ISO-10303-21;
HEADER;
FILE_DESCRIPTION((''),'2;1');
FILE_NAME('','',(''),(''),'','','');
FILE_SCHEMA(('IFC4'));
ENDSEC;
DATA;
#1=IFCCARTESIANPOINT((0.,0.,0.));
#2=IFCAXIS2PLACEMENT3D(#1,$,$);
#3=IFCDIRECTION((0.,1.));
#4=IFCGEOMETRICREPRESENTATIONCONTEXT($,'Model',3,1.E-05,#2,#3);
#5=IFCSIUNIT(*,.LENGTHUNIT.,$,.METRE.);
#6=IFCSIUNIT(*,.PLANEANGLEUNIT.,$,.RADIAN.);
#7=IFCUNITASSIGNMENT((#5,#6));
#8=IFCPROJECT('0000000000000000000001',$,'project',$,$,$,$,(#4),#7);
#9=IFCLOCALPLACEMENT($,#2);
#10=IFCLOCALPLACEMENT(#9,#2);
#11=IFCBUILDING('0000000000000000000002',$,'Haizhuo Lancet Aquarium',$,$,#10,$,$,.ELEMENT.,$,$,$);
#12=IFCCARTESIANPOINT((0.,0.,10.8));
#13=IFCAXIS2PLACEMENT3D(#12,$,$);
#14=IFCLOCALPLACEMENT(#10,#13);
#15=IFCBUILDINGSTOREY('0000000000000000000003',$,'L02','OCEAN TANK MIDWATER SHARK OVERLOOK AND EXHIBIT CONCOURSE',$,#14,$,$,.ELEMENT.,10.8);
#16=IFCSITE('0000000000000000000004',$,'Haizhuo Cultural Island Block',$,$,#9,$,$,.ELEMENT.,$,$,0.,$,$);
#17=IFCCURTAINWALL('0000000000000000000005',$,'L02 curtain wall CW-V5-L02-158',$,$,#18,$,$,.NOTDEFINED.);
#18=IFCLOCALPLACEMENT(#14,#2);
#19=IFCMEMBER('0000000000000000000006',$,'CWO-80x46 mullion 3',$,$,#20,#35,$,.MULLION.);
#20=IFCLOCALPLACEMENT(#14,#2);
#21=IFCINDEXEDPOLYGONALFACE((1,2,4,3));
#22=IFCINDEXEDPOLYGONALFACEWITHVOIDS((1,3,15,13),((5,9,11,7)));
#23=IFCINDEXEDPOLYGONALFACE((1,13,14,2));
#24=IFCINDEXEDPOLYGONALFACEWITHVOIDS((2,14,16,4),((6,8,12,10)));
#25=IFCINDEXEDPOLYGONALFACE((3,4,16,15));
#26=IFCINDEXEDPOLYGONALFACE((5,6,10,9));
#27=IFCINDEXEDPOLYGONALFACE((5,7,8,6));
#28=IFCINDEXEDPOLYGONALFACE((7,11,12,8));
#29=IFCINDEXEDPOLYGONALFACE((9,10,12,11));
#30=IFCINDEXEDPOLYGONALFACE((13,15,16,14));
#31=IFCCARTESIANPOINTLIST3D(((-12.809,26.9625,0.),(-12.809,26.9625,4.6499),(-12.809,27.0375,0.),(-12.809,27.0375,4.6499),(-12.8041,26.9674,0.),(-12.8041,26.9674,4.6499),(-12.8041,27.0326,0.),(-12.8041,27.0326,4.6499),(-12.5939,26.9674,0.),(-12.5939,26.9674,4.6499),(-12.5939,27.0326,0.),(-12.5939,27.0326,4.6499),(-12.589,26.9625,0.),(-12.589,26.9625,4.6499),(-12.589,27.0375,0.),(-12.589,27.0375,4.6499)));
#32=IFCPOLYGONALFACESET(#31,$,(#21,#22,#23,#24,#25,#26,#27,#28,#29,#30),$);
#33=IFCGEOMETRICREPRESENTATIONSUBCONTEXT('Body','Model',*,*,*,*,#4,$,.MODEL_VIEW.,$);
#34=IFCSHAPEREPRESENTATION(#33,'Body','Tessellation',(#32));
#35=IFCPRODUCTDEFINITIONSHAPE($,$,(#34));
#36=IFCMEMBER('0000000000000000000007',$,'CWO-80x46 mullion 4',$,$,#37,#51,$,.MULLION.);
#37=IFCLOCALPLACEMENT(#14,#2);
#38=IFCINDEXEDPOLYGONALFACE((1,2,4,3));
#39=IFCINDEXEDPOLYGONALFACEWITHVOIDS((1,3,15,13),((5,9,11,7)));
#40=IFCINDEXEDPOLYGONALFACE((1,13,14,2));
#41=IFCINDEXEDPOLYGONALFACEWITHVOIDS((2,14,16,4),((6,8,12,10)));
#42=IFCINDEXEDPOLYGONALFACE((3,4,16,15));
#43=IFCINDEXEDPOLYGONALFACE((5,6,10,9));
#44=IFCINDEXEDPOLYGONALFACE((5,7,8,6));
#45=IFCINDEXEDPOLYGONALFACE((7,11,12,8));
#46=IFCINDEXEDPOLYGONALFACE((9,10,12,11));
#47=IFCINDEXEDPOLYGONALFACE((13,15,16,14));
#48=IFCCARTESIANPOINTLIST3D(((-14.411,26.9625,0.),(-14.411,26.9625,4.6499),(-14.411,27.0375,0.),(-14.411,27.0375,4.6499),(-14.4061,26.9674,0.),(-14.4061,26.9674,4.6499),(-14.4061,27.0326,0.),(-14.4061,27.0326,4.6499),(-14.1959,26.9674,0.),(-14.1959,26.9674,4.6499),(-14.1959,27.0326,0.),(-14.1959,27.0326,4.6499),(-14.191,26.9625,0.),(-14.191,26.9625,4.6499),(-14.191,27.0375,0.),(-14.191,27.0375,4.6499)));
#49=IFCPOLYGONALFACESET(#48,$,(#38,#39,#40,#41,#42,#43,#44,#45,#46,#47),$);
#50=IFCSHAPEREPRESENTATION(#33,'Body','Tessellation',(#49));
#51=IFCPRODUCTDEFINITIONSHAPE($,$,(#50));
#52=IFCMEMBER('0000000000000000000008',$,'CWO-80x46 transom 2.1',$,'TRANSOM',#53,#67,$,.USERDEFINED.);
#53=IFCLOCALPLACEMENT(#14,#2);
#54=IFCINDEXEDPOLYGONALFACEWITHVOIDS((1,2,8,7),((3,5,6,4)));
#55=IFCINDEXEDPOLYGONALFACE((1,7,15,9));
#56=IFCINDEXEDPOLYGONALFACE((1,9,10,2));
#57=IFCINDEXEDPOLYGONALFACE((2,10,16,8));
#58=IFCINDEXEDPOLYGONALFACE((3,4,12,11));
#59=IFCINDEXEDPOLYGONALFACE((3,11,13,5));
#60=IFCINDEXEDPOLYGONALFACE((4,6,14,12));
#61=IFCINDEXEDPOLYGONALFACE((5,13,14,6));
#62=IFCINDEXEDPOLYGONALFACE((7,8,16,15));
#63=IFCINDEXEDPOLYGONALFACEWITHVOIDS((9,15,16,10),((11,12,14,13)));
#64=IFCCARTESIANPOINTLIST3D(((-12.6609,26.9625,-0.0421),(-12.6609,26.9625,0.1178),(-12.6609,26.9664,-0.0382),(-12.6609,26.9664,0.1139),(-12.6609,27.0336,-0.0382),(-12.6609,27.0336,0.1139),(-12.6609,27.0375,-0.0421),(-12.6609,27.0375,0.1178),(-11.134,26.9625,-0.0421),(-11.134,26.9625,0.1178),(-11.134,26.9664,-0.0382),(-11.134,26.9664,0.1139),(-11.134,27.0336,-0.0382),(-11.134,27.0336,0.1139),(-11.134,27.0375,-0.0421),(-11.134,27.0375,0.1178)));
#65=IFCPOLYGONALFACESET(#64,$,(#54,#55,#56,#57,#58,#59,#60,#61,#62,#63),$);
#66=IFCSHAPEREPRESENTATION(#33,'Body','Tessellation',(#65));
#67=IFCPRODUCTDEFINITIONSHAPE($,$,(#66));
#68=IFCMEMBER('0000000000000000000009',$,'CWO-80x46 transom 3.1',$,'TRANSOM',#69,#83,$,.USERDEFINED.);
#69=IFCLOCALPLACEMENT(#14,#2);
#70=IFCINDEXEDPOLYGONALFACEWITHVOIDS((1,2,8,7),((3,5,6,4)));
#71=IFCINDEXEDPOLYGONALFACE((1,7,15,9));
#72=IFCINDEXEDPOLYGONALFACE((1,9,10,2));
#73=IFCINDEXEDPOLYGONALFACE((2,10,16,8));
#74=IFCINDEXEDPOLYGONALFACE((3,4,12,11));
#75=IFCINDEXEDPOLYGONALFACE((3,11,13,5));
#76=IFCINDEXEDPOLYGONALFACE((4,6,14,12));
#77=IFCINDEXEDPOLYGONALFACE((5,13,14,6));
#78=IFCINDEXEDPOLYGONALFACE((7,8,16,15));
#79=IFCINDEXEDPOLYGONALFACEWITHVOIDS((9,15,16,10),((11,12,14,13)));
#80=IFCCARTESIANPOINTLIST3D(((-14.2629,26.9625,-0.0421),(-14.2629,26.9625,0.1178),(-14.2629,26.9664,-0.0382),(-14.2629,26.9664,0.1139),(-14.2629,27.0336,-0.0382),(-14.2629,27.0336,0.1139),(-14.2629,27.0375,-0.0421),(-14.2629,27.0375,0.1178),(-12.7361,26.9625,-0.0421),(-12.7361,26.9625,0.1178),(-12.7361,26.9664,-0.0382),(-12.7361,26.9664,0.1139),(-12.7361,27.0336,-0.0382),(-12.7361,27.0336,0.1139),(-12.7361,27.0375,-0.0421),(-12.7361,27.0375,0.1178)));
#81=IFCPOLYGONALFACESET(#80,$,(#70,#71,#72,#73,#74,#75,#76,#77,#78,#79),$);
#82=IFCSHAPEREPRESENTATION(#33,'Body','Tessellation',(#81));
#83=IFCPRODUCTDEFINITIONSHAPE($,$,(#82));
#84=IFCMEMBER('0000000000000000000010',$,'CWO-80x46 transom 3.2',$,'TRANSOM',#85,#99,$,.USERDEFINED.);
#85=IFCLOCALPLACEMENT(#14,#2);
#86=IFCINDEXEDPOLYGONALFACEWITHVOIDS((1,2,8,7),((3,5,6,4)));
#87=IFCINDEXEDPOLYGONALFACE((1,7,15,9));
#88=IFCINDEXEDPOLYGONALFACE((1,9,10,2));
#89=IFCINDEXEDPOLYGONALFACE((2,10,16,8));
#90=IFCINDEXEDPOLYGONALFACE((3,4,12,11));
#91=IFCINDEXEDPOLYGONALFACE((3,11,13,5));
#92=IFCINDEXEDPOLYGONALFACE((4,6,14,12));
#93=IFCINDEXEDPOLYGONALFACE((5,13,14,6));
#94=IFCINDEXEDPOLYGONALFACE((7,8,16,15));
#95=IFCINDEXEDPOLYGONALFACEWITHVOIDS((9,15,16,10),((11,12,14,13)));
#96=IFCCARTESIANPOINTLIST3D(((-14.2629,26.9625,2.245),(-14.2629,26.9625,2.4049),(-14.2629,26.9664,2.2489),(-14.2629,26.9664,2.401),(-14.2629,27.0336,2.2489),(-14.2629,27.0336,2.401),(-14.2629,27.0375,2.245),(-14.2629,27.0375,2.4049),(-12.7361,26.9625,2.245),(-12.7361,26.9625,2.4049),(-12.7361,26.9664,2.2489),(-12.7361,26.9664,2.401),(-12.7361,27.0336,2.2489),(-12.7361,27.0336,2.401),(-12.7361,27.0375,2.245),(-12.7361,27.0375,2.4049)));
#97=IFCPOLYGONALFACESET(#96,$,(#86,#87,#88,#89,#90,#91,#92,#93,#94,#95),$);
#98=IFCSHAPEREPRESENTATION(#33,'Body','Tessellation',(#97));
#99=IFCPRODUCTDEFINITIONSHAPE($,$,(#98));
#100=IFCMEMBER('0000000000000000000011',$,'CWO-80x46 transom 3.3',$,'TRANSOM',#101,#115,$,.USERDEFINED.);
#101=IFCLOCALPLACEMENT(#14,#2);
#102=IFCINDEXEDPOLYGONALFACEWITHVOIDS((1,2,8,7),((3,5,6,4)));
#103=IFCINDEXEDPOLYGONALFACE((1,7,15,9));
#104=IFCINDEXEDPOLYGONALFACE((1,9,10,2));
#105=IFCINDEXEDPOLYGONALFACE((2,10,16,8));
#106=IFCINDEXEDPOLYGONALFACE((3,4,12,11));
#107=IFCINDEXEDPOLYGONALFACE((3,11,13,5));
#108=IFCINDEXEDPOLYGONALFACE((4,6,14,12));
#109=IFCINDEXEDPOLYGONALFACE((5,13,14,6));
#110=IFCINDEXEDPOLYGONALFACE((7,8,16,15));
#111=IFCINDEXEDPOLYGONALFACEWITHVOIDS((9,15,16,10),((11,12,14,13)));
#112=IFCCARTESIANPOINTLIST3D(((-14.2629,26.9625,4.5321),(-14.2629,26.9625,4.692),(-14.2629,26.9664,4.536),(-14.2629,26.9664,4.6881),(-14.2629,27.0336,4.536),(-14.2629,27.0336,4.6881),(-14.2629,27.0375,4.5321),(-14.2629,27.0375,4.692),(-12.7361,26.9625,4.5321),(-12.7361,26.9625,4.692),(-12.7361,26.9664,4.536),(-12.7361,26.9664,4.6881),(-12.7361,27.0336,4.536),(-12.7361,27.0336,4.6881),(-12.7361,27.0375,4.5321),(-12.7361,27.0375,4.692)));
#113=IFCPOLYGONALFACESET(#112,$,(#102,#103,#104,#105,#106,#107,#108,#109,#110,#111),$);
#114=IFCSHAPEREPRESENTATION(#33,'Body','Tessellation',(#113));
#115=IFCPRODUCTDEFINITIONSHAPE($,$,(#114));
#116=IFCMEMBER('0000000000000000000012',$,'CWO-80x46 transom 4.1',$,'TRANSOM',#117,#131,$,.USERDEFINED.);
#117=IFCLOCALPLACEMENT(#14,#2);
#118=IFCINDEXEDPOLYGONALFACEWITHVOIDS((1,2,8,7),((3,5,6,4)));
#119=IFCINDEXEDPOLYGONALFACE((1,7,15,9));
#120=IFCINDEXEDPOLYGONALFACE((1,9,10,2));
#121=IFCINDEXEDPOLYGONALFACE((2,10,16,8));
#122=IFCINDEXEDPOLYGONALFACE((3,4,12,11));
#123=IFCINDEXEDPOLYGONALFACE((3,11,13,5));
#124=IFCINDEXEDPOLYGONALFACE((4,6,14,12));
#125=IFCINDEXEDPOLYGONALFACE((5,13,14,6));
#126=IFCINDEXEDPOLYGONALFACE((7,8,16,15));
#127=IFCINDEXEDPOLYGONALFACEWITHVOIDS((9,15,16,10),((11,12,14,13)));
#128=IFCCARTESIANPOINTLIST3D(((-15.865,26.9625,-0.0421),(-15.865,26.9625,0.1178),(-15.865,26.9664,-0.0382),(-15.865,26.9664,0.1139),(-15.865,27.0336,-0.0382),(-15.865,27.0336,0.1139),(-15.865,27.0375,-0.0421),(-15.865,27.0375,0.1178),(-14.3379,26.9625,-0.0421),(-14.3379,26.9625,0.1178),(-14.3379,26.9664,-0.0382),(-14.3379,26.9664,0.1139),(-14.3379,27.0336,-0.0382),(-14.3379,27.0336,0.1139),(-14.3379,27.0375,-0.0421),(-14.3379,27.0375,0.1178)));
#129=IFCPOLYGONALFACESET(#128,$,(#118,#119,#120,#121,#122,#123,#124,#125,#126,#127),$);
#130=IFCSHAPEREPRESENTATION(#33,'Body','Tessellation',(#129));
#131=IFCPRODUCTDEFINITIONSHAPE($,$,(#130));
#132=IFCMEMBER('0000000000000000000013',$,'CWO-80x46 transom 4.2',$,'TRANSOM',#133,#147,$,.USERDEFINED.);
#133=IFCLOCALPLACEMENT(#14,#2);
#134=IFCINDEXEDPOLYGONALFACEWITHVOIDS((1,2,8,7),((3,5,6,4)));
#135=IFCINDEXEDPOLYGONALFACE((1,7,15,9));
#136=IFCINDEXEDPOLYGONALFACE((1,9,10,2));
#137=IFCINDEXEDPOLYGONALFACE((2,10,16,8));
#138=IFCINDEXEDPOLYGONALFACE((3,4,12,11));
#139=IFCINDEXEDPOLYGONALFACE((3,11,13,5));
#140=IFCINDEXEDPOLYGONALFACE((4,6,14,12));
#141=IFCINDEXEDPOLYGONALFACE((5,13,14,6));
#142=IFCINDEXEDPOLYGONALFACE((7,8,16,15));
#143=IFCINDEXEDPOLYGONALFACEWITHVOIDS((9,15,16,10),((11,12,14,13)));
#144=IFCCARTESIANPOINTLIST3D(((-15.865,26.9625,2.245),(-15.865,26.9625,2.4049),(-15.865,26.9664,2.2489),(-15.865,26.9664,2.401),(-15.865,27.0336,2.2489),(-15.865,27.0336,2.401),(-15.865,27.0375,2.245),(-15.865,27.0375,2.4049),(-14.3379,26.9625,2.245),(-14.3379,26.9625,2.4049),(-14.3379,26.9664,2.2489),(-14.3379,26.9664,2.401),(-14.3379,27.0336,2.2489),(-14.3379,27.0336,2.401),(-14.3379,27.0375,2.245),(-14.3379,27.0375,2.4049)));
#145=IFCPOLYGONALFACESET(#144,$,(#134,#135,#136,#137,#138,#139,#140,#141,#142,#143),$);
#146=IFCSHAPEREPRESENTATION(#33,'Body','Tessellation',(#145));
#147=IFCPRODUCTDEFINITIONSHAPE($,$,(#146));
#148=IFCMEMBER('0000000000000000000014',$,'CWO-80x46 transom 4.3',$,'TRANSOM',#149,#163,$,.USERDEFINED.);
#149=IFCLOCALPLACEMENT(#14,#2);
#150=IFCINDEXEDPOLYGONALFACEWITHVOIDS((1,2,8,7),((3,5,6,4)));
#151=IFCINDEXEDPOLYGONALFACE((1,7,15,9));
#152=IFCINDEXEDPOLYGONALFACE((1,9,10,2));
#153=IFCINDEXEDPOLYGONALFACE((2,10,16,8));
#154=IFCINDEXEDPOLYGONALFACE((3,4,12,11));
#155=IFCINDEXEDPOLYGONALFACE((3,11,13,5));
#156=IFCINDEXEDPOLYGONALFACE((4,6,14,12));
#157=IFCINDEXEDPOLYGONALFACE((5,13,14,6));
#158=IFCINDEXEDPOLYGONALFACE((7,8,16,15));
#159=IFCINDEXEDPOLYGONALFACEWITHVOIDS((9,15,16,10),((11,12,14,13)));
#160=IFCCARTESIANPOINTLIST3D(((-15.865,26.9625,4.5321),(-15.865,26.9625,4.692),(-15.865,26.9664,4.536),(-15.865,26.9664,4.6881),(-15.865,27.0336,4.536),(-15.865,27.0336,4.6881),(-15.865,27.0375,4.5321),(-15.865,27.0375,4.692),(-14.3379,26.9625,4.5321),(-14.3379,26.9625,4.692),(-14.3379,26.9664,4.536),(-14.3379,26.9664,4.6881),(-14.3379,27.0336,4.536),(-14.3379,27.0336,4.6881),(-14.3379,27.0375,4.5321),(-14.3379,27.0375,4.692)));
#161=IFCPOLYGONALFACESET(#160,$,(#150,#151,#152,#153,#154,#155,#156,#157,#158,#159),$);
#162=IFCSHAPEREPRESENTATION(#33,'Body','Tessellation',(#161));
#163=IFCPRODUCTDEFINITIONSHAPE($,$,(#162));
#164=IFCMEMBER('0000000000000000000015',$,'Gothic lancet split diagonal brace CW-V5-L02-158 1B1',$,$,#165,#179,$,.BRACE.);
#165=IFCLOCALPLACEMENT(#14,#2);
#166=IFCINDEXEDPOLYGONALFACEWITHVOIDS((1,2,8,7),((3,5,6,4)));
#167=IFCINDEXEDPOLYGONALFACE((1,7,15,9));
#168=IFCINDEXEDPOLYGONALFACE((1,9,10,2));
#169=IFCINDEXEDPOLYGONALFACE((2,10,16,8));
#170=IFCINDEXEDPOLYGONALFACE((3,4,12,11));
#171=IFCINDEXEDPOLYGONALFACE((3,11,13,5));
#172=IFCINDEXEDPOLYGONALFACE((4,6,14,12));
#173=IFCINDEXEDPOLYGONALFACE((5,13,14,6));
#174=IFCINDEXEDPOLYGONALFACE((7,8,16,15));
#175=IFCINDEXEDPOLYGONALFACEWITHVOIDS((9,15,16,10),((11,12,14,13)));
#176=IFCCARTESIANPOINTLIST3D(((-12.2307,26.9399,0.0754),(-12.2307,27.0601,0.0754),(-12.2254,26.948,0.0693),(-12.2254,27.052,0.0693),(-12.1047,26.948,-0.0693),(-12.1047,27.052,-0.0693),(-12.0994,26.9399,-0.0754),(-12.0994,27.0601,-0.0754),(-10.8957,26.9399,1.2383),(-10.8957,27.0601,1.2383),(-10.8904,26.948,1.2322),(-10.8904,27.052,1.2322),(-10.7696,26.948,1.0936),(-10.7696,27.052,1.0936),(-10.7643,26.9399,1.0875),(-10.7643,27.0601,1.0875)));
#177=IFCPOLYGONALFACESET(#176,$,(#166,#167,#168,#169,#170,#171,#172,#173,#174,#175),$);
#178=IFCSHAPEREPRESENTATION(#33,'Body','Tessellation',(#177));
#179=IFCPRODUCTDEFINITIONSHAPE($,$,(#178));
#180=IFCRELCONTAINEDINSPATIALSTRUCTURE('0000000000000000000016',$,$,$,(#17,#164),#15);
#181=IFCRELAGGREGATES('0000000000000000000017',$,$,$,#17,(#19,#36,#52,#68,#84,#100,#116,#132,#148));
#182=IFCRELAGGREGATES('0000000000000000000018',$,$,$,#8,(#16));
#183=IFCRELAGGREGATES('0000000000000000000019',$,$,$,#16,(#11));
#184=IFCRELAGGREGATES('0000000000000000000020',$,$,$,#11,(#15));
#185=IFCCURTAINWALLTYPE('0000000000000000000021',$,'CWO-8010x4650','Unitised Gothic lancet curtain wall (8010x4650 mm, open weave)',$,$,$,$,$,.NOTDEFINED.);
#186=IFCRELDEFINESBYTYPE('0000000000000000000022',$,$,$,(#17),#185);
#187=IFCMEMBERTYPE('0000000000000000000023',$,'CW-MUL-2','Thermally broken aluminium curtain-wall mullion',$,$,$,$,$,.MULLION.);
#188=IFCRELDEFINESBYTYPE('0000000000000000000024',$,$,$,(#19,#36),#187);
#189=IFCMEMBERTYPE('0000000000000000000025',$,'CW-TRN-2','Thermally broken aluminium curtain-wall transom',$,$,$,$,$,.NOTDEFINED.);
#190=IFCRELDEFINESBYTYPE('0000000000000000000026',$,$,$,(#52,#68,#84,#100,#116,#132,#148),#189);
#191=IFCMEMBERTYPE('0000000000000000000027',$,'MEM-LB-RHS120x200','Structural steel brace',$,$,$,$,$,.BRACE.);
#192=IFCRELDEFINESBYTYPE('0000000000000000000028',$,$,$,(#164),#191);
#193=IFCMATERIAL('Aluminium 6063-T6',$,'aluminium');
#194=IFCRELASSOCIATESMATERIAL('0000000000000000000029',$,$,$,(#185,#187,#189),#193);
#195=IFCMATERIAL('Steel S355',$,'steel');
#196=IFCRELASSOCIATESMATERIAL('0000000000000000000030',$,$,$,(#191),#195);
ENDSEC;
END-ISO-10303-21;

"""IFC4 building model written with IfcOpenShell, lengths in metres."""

from ifc_helpers import new_model, si_unit, direction, frame, origin, origin_2d, place, context, subcontext, project, spatial, hollow_rectangle, extrude, material, material_profile, profile_set, type_object, element, aggregate, save


model = new_model("IFC4")

# Units and contexts
model_context = context("Model", 3, precision=1e-05, world=origin(), true_north=direction((0.0, 1.0)))
body_context = subcontext(model_context, "Body", "Model", "MODEL_VIEW")
ifc_project = project(units=[si_unit("LENGTHUNIT", "METRE"), si_unit("PLANEANGLEUNIT", "RADIAN")], contexts=[model_context])

# Site, building, storey
site_placement = place(None, origin())
site = spatial("IfcSite", under=ifc_project, at=site_placement, Name="Haizhuo Cultural Island Block", CompositionType="ELEMENT", RefElevation=0.0)
building_placement = place(site_placement, origin())
building = spatial("IfcBuilding", under=site, at=building_placement, Name="Haizhuo Lancet Aquarium", CompositionType="ELEMENT")
storey_placement = place(building_placement, frame((0.0, 0.0, 10.8)))
storey = spatial("IfcBuildingStorey", under=building, at=storey_placement, Name="L02", Description="OCEAN TANK MIDWATER SHARK OVERLOOK AND EXHIBIT CONCOURSE", CompositionType="ELEMENT", Elevation=10.8)

# Curtain wall, members
ifc_material_1 = material(Name="Aluminium 6063-T6", Category="aluminium")
curtain_wall_type = type_object("IfcCurtainWallType", Name="CWO-8010x4650", Description="Unitised Gothic lancet curtain wall (8010x4650 mm, open weave)", PredefinedType="NOTDEFINED", material=ifc_material_1)
curtain_wall_placement = place(storey_placement, origin())
curtain_wall = element("IfcCurtainWall", 1, at=curtain_wall_placement, inside=storey, type_object=curtain_wall_type, Name="L02 curtain wall CW-V5-L02-158", PredefinedType="NOTDEFINED")
ifc_material_profile_1 = material_profile(ifc_material_1, hollow_rectangle(XDim=0.075, YDim=0.22, WallThickness=0.0049, at=origin_2d()), Name="ALU-M 75x220x5")
ifc_profile_set_1 = profile_set([ifc_material_profile_1], Name="Aluminium 6063-T6")
member_type_1 = type_object("IfcMemberType", Name="CW-MUL-2", Description="Thermally broken aluminium curtain-wall mullion", PredefinedType="MULLION", material=ifc_profile_set_1)
member_1_placement = place(storey_placement, frame((-12.699, 27.0, 0.0), z_axis=(0.0, 0.0, 1.0), x_axis=(0.0, -1.0, 0.0)))
member_1 = element("IfcMember", 2, at=member_1_placement, type_object=member_type_1, Name="CWO-80x46 mullion 3", PredefinedType="MULLION", context=body_context, shape_type="SweptSolid", body=[
    extrude(hollow_rectangle(XDim=0.075, YDim=0.22, WallThickness=0.0049, at=origin_2d()), origin(), (0.0, 0.0, 1.0), 4.6499),
])
member_2_placement = place(storey_placement, frame((-14.301, 27.0, 0.0), z_axis=(0.0, 0.0, 1.0), x_axis=(0.0, -1.0, 0.0)))
member_2 = element("IfcMember", 3, at=member_2_placement, type_object=member_type_1, Name="CWO-80x46 mullion 4", PredefinedType="MULLION", context=body_context, shape_type="SweptSolid", body=[
    extrude(hollow_rectangle(XDim=0.075, YDim=0.22, WallThickness=0.0049, at=origin_2d()), origin(), (0.0, 0.0, 1.0), 4.6499),
])
ifc_material_profile_2 = material_profile(ifc_material_1, hollow_rectangle(XDim=0.075, YDim=0.1599, WallThickness=0.0039, at=origin_2d()), Name="ALU-T 75x160x4")
ifc_profile_set_2 = profile_set([ifc_material_profile_2], Name="Aluminium 6063-T6")
member_type_2 = type_object("IfcMemberType", Name="CW-TRN-2", Description="Thermally broken aluminium curtain-wall transom", PredefinedType="NOTDEFINED", material=ifc_profile_set_2)
member_3_placement = place(storey_placement, frame((-11.134, 27.0, 0.0378), z_axis=(-1.0, 0.0, 0.0), x_axis=(0.0, -1.0, 0.0)))
member_3 = element("IfcMember", 4, at=member_3_placement, type_object=member_type_2, Name="CWO-80x46 transom 2.1", ObjectType="TRANSOM", PredefinedType="USERDEFINED", context=body_context, shape_type="SweptSolid", body=[
    extrude(hollow_rectangle(XDim=0.075, YDim=0.1599, WallThickness=0.0039, at=origin_2d()), origin(), (0.0, 0.0, 1.0), 1.5269),
])
member_4_placement = place(storey_placement, frame((-12.7361, 27.0, 0.0378), z_axis=(-1.0, 0.0, 0.0), x_axis=(0.0, -1.0, 0.0)))
member_4 = element("IfcMember", 5, at=member_4_placement, type_object=member_type_2, Name="CWO-80x46 transom 3.1", ObjectType="TRANSOM", PredefinedType="USERDEFINED", context=body_context, shape_type="SweptSolid", body=[
    extrude(hollow_rectangle(XDim=0.075, YDim=0.1599, WallThickness=0.0039, at=origin_2d()), origin(), (0.0, 0.0, 1.0), 1.5269),
])
member_5_placement = place(storey_placement, frame((-12.7361, 27.0, 2.325), z_axis=(-1.0, 0.0, 0.0), x_axis=(0.0, -1.0, 0.0)))
member_5 = element("IfcMember", 6, at=member_5_placement, type_object=member_type_2, Name="CWO-80x46 transom 3.2", ObjectType="TRANSOM", PredefinedType="USERDEFINED", context=body_context, shape_type="SweptSolid", body=[
    extrude(hollow_rectangle(XDim=0.075, YDim=0.1599, WallThickness=0.0039, at=origin_2d()), origin(), (0.0, 0.0, 1.0), 1.5269),
])
member_6_placement = place(storey_placement, frame((-12.7361, 27.0, 4.6121), z_axis=(-1.0, 0.0, 0.0), x_axis=(0.0, -1.0, 0.0)))
member_6 = element("IfcMember", 7, at=member_6_placement, type_object=member_type_2, Name="CWO-80x46 transom 3.3", ObjectType="TRANSOM", PredefinedType="USERDEFINED", context=body_context, shape_type="SweptSolid", body=[
    extrude(hollow_rectangle(XDim=0.075, YDim=0.1599, WallThickness=0.0039, at=origin_2d()), origin(), (0.0, 0.0, 1.0), 1.5269),
])
member_7_placement = place(storey_placement, frame((-14.3379, 27.0, 0.0378), z_axis=(-1.0, 0.0, 0.0), x_axis=(0.0, -1.0, 0.0)))
member_7 = element("IfcMember", 8, at=member_7_placement, type_object=member_type_2, Name="CWO-80x46 transom 4.1", ObjectType="TRANSOM", PredefinedType="USERDEFINED", context=body_context, shape_type="SweptSolid", body=[
    extrude(hollow_rectangle(XDim=0.075, YDim=0.1599, WallThickness=0.0039, at=origin_2d()), origin(), (0.0, 0.0, 1.0), 1.5271),
])
member_8_placement = place(storey_placement, frame((-14.3379, 27.0, 2.325), z_axis=(-1.0, 0.0, 0.0), x_axis=(0.0, -1.0, 0.0)))
member_8 = element("IfcMember", 9, at=member_8_placement, type_object=member_type_2, Name="CWO-80x46 transom 4.2", ObjectType="TRANSOM", PredefinedType="USERDEFINED", context=body_context, shape_type="SweptSolid", body=[
    extrude(hollow_rectangle(XDim=0.075, YDim=0.1599, WallThickness=0.0039, at=origin_2d()), origin(), (0.0, 0.0, 1.0), 1.5271),
])
member_9_placement = place(storey_placement, frame((-14.3379, 27.0, 4.6121), z_axis=(-1.0, 0.0, 0.0), x_axis=(0.0, -1.0, 0.0)))
member_9 = element("IfcMember", 10, at=member_9_placement, type_object=member_type_2, Name="CWO-80x46 transom 4.3", ObjectType="TRANSOM", PredefinedType="USERDEFINED", context=body_context, shape_type="SweptSolid", body=[
    extrude(hollow_rectangle(XDim=0.075, YDim=0.1599, WallThickness=0.0039, at=origin_2d()), origin(), (0.0, 0.0, 1.0), 1.5271),
])

# Member
ifc_material_2 = material(Name="Steel S355", Category="steel")
ifc_material_profile_3 = material_profile(ifc_material_2, hollow_rectangle(XDim=0.1201, YDim=0.2, WallThickness=0.0081, at=origin_2d()), Name="RHS 120x200x8")
ifc_profile_set_3 = profile_set([ifc_material_profile_3], Name="Steel S355")
member_type_3 = type_object("IfcMemberType", Name="MEM-LB-RHS120x200", Description="Structural steel brace", PredefinedType="BRACE", material=ifc_profile_set_3)
member_10_placement = place(storey_placement, frame((-12.165, 27.0, 0.0), z_axis=(0.754044, 0.0, 0.656824), x_axis=(0.0, 1.0, 0.0)))
element("IfcMember", 11, at=member_10_placement, inside=storey, type_object=member_type_3, Name="Gothic lancet split diagonal brace CW-V5-L02-158 1B1", PredefinedType="BRACE", context=body_context, shape_type="SweptSolid", body=[
    extrude(hollow_rectangle(XDim=0.1201, YDim=0.2, WallThickness=0.0081, at=origin_2d()), origin(), (0.0, 0.0, 1.0), 1.7705),
])

aggregate(curtain_wall, [member_1, member_2, member_3, member_4, member_5, member_6, member_7, member_8, member_9])

save(model, "model.ifc")
